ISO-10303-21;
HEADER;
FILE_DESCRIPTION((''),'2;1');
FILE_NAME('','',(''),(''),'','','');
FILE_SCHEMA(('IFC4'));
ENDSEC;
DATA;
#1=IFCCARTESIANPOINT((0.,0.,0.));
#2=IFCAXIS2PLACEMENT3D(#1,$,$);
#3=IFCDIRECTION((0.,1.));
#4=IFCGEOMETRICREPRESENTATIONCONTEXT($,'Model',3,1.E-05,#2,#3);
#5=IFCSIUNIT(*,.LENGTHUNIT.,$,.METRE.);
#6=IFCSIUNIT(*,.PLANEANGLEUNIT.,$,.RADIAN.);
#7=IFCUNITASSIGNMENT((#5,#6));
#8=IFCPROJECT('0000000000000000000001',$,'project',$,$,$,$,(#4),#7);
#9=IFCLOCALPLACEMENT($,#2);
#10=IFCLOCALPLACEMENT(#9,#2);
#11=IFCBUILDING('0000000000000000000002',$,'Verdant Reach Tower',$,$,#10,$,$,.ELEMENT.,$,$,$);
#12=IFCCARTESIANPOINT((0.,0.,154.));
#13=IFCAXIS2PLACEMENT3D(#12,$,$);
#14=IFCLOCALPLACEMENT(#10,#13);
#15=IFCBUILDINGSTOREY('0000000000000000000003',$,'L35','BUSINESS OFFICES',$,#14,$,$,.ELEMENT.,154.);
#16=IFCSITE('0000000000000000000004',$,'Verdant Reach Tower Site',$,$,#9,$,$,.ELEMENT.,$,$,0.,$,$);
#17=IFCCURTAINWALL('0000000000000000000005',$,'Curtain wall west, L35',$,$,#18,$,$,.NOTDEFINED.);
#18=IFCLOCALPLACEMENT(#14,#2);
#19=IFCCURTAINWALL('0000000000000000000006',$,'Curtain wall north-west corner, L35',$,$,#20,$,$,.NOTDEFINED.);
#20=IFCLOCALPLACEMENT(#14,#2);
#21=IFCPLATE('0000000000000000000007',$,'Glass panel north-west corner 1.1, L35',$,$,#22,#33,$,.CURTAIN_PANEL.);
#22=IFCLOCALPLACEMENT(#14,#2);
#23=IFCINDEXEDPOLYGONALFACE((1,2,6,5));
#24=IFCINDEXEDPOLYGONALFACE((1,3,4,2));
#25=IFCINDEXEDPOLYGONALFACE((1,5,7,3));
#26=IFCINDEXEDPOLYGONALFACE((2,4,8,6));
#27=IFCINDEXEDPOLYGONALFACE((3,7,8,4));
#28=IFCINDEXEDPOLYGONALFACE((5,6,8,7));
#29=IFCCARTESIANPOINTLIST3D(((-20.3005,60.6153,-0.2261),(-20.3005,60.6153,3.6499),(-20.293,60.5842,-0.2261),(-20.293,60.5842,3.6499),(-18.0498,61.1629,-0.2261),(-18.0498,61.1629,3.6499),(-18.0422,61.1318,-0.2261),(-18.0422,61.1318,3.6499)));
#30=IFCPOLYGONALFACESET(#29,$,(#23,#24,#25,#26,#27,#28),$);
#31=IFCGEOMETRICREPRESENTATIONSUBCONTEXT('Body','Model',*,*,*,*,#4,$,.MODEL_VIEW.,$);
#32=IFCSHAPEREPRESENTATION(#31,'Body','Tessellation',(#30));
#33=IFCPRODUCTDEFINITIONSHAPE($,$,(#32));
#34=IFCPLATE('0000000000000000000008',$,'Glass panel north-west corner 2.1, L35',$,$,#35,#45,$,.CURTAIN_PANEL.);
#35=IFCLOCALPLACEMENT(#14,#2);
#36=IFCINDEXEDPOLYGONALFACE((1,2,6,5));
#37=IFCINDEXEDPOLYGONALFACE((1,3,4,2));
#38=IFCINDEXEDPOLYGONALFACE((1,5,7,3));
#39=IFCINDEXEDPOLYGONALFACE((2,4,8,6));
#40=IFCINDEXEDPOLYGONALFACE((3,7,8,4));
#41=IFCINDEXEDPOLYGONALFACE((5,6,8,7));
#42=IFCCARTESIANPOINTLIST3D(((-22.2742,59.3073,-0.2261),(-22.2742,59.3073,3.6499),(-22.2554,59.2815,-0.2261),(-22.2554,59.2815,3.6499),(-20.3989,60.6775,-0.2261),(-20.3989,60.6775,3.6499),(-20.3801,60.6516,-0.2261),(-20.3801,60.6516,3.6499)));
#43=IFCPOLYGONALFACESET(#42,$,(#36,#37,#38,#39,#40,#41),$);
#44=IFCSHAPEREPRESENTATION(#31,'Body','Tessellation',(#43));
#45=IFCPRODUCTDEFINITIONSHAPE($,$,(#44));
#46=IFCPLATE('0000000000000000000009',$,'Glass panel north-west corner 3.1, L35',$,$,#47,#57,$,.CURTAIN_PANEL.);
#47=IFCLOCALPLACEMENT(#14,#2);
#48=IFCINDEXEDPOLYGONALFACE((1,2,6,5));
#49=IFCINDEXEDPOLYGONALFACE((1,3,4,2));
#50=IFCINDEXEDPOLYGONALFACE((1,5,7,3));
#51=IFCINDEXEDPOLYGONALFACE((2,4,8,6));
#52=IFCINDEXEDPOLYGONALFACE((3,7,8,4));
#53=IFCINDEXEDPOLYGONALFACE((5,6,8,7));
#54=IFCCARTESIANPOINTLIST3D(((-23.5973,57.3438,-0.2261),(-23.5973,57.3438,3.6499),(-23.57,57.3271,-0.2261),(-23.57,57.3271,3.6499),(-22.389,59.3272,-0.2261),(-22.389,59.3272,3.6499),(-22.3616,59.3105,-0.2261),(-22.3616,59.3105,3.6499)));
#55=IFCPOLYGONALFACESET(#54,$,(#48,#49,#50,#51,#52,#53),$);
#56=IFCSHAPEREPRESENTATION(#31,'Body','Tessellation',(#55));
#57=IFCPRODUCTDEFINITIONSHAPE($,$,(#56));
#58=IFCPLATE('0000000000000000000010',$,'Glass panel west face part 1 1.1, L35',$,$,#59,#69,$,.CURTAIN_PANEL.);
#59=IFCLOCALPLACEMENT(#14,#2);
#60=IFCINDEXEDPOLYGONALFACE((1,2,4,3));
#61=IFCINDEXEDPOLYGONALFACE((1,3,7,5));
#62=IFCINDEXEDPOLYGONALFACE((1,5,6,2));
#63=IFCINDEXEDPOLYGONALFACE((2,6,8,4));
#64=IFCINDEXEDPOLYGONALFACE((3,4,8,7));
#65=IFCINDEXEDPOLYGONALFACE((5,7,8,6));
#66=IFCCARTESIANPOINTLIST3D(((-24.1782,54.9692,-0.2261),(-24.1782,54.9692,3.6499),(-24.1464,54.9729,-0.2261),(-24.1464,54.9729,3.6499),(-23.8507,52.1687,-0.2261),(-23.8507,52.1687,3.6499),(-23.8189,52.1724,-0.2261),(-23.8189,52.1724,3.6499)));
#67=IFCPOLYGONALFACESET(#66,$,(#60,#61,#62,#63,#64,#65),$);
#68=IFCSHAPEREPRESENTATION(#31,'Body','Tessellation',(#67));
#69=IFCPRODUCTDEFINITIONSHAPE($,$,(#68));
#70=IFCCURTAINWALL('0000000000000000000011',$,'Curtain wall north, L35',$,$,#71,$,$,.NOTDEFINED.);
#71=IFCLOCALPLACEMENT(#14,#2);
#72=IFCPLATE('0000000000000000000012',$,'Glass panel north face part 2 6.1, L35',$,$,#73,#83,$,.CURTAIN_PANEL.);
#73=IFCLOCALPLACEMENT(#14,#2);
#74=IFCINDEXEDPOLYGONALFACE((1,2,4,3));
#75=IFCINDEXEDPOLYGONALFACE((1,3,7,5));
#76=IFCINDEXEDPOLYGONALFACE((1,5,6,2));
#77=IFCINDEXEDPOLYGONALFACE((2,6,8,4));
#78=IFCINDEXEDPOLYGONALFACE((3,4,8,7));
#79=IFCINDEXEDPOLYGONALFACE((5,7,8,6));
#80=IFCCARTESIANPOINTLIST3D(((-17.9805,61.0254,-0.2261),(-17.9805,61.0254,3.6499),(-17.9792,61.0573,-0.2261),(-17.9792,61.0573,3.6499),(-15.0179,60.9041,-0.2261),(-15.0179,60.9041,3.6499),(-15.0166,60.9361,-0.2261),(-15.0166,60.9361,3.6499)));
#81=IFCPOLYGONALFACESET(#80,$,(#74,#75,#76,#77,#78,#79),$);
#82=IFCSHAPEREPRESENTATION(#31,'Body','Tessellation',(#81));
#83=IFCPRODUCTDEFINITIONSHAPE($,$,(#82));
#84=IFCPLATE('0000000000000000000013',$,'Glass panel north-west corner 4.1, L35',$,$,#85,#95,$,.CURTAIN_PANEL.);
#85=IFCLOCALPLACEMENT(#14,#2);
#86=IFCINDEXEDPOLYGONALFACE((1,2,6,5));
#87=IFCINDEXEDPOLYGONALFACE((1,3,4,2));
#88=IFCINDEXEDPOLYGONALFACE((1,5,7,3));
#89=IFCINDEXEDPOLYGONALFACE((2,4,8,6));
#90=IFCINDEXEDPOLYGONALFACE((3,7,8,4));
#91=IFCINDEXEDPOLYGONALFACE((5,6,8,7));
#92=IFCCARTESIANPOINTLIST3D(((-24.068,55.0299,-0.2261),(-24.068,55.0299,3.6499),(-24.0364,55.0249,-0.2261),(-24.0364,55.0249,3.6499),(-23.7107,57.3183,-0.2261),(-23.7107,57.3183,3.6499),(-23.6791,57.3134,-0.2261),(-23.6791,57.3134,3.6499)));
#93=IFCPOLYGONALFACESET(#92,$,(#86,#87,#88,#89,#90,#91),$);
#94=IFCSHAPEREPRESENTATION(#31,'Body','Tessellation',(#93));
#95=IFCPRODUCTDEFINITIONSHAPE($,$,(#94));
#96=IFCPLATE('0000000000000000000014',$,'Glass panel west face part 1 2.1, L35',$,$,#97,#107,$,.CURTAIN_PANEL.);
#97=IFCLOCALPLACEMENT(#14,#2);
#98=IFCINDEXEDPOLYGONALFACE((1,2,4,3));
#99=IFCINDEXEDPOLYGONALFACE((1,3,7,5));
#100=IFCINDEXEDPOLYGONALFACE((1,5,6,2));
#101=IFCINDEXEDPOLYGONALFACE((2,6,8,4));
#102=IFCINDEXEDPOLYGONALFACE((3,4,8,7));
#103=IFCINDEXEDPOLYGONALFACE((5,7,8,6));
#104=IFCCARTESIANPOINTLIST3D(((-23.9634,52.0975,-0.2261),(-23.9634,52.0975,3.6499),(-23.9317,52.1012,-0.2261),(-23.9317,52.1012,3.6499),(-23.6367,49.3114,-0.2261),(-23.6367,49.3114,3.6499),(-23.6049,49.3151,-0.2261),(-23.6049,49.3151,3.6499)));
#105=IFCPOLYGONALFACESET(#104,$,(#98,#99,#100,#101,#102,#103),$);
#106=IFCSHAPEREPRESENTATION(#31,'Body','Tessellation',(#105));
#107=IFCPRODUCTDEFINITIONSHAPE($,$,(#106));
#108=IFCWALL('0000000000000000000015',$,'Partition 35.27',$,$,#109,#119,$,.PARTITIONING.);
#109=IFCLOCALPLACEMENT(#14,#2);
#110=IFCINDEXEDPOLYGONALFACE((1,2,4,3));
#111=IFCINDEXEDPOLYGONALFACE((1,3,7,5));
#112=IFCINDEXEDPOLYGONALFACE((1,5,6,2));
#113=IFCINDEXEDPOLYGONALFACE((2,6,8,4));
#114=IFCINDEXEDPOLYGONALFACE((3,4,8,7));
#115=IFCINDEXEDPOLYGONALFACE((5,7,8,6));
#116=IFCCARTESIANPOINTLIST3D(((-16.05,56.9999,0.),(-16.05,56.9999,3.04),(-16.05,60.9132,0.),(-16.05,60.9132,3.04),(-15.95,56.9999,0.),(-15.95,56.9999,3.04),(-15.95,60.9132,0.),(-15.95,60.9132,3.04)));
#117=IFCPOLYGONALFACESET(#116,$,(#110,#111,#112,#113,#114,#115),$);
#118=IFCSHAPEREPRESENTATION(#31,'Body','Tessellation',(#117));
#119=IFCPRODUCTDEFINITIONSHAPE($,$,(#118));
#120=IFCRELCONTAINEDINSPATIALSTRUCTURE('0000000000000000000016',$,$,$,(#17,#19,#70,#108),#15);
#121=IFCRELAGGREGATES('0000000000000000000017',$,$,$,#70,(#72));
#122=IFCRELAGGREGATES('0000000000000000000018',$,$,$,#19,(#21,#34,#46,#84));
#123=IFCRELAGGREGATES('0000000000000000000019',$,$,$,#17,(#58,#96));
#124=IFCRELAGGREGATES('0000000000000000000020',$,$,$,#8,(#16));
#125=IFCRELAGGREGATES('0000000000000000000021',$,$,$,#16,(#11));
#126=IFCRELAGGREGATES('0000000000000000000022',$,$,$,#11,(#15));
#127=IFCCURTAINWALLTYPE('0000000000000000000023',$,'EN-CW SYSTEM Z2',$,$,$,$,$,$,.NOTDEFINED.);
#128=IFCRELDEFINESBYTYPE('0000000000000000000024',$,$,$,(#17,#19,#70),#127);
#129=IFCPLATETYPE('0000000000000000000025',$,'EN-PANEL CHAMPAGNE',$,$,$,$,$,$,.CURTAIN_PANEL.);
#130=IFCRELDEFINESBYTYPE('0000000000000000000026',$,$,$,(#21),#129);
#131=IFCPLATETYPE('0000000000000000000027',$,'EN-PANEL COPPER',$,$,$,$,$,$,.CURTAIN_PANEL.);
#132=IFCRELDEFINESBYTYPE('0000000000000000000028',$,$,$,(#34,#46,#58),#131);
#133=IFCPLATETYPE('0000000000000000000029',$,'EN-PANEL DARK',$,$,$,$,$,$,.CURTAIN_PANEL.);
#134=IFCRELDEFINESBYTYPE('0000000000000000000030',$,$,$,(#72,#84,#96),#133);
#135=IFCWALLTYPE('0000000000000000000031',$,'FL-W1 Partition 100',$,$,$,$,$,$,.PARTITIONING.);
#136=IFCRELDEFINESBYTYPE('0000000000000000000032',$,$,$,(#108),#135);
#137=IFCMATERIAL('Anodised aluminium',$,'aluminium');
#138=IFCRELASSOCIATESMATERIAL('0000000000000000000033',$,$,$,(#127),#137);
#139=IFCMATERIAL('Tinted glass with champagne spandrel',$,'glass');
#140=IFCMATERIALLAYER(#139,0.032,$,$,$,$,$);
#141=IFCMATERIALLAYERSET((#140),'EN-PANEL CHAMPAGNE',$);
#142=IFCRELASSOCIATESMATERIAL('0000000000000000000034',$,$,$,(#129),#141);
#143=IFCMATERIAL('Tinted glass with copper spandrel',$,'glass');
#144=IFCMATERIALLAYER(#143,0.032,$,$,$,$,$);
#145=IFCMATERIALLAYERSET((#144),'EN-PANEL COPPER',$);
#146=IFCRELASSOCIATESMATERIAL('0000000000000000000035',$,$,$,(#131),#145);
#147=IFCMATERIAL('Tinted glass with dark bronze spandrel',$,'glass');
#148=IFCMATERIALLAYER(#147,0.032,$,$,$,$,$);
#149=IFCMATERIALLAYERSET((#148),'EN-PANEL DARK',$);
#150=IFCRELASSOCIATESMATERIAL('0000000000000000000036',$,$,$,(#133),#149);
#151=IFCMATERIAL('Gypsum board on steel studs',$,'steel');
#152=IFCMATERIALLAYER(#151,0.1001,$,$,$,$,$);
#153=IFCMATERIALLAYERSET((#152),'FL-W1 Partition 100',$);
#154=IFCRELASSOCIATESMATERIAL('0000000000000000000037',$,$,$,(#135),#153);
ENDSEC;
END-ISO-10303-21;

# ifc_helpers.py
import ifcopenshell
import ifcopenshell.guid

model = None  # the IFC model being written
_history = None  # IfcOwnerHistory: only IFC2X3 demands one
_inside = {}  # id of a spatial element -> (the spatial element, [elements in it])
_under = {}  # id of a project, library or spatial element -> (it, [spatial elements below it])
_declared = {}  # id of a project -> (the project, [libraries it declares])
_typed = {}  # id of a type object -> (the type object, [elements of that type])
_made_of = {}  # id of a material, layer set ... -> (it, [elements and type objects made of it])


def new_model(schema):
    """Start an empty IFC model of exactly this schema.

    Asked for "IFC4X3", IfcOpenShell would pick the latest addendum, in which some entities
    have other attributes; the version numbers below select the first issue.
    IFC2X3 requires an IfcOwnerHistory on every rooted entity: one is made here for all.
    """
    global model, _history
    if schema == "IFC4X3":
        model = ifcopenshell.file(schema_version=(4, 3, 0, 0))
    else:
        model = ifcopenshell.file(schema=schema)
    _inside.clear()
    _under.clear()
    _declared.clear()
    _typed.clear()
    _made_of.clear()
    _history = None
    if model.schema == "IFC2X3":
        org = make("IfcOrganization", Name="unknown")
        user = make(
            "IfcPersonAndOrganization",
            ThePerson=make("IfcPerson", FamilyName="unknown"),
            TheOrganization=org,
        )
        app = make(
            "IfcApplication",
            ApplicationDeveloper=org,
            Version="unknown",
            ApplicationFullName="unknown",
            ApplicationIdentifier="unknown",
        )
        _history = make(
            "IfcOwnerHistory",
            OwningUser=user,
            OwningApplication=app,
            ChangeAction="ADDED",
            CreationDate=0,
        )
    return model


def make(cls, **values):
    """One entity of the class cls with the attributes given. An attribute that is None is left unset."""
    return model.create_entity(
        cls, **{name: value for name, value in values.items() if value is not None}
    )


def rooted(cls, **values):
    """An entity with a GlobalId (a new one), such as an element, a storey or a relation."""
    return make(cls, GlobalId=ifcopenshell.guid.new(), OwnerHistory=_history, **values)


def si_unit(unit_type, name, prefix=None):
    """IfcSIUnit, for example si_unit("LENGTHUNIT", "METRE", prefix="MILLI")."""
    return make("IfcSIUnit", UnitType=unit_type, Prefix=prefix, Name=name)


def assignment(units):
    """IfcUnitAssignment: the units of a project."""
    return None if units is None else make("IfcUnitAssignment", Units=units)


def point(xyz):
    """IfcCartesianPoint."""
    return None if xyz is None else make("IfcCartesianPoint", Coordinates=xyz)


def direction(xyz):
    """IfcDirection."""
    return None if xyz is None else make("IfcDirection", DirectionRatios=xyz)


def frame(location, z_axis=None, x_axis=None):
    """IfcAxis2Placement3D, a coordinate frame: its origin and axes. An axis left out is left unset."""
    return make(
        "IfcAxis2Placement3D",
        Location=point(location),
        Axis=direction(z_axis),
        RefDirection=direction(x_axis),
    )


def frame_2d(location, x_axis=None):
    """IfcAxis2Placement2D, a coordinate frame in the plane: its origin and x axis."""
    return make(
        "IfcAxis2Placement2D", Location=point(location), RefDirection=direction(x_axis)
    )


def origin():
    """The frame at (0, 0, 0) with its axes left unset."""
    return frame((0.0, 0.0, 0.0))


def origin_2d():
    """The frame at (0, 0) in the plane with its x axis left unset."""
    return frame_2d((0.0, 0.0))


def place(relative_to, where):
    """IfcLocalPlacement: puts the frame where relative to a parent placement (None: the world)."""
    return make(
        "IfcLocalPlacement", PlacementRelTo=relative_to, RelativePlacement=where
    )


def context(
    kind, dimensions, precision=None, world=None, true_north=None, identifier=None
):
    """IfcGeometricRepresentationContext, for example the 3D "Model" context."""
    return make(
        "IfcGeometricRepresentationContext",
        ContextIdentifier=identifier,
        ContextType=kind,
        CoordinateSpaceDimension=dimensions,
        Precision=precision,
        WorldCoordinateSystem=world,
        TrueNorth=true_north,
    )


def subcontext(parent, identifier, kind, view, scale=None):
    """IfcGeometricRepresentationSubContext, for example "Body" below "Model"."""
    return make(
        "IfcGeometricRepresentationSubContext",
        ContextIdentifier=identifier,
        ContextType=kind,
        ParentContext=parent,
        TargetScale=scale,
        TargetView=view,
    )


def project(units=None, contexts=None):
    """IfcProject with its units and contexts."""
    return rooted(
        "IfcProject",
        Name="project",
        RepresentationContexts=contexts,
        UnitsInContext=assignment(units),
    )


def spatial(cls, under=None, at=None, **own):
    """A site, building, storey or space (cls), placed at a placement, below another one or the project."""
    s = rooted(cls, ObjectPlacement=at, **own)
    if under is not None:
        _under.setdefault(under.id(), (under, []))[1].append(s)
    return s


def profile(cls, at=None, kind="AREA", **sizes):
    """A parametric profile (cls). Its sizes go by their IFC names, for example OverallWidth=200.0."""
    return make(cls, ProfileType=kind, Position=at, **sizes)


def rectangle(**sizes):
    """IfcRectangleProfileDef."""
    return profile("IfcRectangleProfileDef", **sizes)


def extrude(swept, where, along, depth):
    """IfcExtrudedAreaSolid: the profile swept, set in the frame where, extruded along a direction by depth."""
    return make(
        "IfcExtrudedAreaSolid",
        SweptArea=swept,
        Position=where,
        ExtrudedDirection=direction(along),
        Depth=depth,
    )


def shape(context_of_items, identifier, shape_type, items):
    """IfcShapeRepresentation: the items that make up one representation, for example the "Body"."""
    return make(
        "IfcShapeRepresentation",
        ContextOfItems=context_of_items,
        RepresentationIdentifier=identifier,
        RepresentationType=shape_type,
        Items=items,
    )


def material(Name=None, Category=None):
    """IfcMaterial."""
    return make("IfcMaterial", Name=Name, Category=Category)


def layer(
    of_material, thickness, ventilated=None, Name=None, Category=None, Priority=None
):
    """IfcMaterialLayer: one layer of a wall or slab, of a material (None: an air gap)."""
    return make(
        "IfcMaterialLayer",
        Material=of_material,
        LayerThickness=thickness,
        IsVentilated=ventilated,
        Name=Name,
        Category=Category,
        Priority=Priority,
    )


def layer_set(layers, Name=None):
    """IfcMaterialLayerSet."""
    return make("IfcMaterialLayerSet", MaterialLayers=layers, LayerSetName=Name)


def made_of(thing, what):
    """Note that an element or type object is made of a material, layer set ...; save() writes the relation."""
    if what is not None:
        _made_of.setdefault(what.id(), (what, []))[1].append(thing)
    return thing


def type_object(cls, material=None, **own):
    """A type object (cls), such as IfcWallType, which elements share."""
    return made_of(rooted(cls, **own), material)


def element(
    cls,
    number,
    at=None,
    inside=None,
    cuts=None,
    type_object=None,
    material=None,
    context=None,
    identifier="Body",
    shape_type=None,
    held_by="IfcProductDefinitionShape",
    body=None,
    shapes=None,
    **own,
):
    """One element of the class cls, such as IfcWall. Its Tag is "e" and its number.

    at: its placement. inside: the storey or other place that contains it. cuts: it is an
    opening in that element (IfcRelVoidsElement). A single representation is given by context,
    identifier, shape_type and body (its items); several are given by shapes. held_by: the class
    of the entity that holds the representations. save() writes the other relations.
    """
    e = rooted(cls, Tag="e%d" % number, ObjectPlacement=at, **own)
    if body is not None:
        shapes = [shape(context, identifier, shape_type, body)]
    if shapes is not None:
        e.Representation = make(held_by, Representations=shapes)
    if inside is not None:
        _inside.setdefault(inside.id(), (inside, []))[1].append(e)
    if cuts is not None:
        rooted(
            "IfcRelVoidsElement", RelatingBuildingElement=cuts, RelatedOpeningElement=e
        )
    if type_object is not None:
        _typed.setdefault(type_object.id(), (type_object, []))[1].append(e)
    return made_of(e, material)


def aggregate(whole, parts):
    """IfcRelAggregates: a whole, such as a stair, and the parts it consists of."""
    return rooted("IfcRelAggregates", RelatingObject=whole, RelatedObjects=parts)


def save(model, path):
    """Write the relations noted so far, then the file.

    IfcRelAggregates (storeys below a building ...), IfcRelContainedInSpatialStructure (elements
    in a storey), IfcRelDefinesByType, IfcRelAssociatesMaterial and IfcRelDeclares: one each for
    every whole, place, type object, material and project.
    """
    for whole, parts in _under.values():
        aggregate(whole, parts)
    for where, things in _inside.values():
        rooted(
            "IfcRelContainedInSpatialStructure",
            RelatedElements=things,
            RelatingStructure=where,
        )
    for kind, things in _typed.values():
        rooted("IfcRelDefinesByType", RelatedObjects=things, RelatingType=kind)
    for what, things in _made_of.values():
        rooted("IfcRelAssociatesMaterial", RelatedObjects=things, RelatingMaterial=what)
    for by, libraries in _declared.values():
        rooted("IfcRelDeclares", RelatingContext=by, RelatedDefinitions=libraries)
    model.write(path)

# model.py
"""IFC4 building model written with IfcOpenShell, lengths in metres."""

from ifc_helpers import new_model, si_unit, direction, frame, frame_2d, origin, origin_2d, place, context, subcontext, project, spatial, rectangle, extrude, material, layer, layer_set, type_object, element, aggregate, save


model = new_model("IFC4")

# Units and contexts
model_context = context("Model", 3, precision=1e-05, world=origin(), true_north=direction((0.0, 1.0)))
body_context = subcontext(model_context, "Body", "Model", "MODEL_VIEW")
ifc_project = project(units=[si_unit("LENGTHUNIT", "METRE"), si_unit("PLANEANGLEUNIT", "RADIAN")], contexts=[model_context])

# Site, building, storey
site_placement = place(None, origin())
site = spatial("IfcSite", under=ifc_project, at=site_placement, Name="Verdant Reach Tower Site", CompositionType="ELEMENT", RefElevation=0.0)
building_placement = place(site_placement, origin())
building = spatial("IfcBuilding", under=site, at=building_placement, Name="Verdant Reach Tower", CompositionType="ELEMENT")
storey_placement = place(building_placement, frame((0.0, 0.0, 154.0)))
storey = spatial("IfcBuildingStorey", under=building, at=storey_placement, Name="L35", Description="BUSINESS OFFICES", CompositionType="ELEMENT", Elevation=154.0)

# Curtain wall
ifc_material_1 = material(Name="Anodised aluminium", Category="aluminium")
curtain_wall_type = type_object("IfcCurtainWallType", Name="EN-CW SYSTEM Z2", PredefinedType="NOTDEFINED", material=ifc_material_1)
curtain_wall_1_placement = place(storey_placement, origin())
curtain_wall_1 = element("IfcCurtainWall", 1, at=curtain_wall_1_placement, inside=storey, type_object=curtain_wall_type, Name="Curtain wall west, L35", PredefinedType="NOTDEFINED")

# Curtain wall, plates
curtain_wall_2_placement = place(storey_placement, origin())
curtain_wall_2 = element("IfcCurtainWall", 2, at=curtain_wall_2_placement, inside=storey, type_object=curtain_wall_type, Name="Curtain wall north-west corner, L35", PredefinedType="NOTDEFINED")
ifc_material_2 = material(Name="Tinted glass with champagne spandrel", Category="glass")
ifc_layer_1 = layer(ifc_material_2, 0.032)
ifc_layer_set_1 = layer_set([ifc_layer_1], Name="EN-PANEL CHAMPAGNE")
plate_type_1 = type_object("IfcPlateType", Name="EN-PANEL CHAMPAGNE", PredefinedType="CURTAIN_PANEL", material=ifc_layer_set_1)
plate_1_placement = place(storey_placement, frame((-19.1714, 60.8735, -0.2261), z_axis=(0.0, 0.0, 1.0), x_axis=(-0.971658, -0.236391, 0.0)))
plate_1 = element("IfcPlate", 3, at=plate_1_placement, type_object=plate_type_1, Name="Glass panel north-west corner 1.1, L35", PredefinedType="CURTAIN_PANEL", context=body_context, shape_type="SweptSolid", body=[
    extrude(rectangle(XDim=2.3164, YDim=0.032, at=origin_2d()), origin(), (0.0, 0.0, 1.0), 3.876),
])
ifc_material_3 = material(Name="Tinted glass with copper spandrel", Category="glass")
ifc_layer_2 = layer(ifc_material_3, 0.032)
ifc_layer_set_2 = layer_set([ifc_layer_2], Name="EN-PANEL COPPER")
plate_type_2 = type_object("IfcPlateType", Name="EN-PANEL COPPER", PredefinedType="CURTAIN_PANEL", material=ifc_layer_set_2)
plate_2_placement = place(storey_placement, frame((-21.3271, 59.9795, -0.2261), z_axis=(0.0, 0.0, 1.0), x_axis=(-0.807457, -0.589927, 0.0)))
plate_2 = element("IfcPlate", 4, at=plate_2_placement, type_object=plate_type_2, Name="Glass panel north-west corner 2.1, L35", PredefinedType="CURTAIN_PANEL", context=body_context, shape_type="SweptSolid", body=[
    extrude(rectangle(XDim=2.3225, YDim=0.032, at=origin_2d()), origin(), (0.0, 0.0, 1.0), 3.876),
])
plate_3_placement = place(storey_placement, frame((-22.9795, 58.3271, -0.2261), z_axis=(0.0, 0.0, 1.0), x_axis=(-0.520292, -0.853989, 0.0)))
plate_3 = element("IfcPlate", 5, at=plate_3_placement, type_object=plate_type_2, Name="Glass panel north-west corner 3.1, L35", PredefinedType="CURTAIN_PANEL", context=body_context, shape_type="SweptSolid", body=[
    extrude(rectangle(XDim=2.3225, YDim=0.032, at=origin_2d()), origin(), (0.0, 0.0, 1.0), 3.876),
])

# Plate
plate_4_placement = place(storey_placement, frame((-23.9985, 53.5708, -0.2261), z_axis=(0.0, 0.0, 1.0), x_axis=(0.116147, -0.993232, 0.0)))
plate_4 = element("IfcPlate", 6, at=plate_4_placement, type_object=plate_type_2, Name="Glass panel west face part 1 1.1, L35", PredefinedType="CURTAIN_PANEL", context=body_context, shape_type="SweptSolid", body=[
    extrude(rectangle(XDim=2.8196, YDim=0.032, at=origin_2d()), origin(), (0.0, 0.0, 1.0), 3.876),
])

# Curtain wall, plate
curtain_wall_3_placement = place(storey_placement, origin())
curtain_wall_3 = element("IfcCurtainWall", 7, at=curtain_wall_3_placement, inside=storey, type_object=curtain_wall_type, Name="Curtain wall north, L35", PredefinedType="NOTDEFINED")
ifc_material_4 = material(Name="Tinted glass with dark bronze spandrel", Category="glass")
ifc_layer_3 = layer(ifc_material_4, 0.032)
ifc_layer_set_3 = layer_set([ifc_layer_3], Name="EN-PANEL DARK")
plate_type_3 = type_object("IfcPlateType", Name="EN-PANEL DARK", PredefinedType="CURTAIN_PANEL", material=ifc_layer_set_3)
plate_5_placement = place(storey_placement, frame((-16.4985, 60.9807, -0.2261), z_axis=(0.0, 0.0, 1.0), x_axis=(-0.999163, 0.0409, 0.0)))
plate_5 = element("IfcPlate", 8, at=plate_5_placement, type_object=plate_type_3, Name="Glass panel north face part 2 6.1, L35", PredefinedType="CURTAIN_PANEL", context=body_context, shape_type="SweptSolid", body=[
    extrude(rectangle(XDim=2.9651, YDim=0.032, at=origin_2d()), origin(), (0.0, 0.0, 1.0), 3.876),
])
aggregate(curtain_wall_3, [plate_5])

# Plates
plate_6_placement = place(storey_placement, frame((-23.8735, 56.1716, -0.2261), z_axis=(0.0, 0.0, 1.0), x_axis=(-0.154281, -0.988027, 0.0)))
plate_6 = element("IfcPlate", 9, at=plate_6_placement, type_object=plate_type_3, Name="Glass panel north-west corner 4.1, L35", PredefinedType="CURTAIN_PANEL", context=body_context, shape_type="SweptSolid", body=[
    extrude(rectangle(XDim=2.3162, YDim=0.032, at=origin_2d()), origin(), (0.0, 0.0, 1.0), 3.876),
])
aggregate(curtain_wall_2, [plate_1, plate_2, plate_3, plate_6])
plate_7_placement = place(storey_placement, frame((-23.7842, 50.7063, -0.2261), z_axis=(0.0, 0.0, 1.0), x_axis=(0.116483, -0.993193, 0.0)))
plate_7 = element("IfcPlate", 10, at=plate_7_placement, type_object=plate_type_3, Name="Glass panel west face part 1 2.1, L35", PredefinedType="CURTAIN_PANEL", context=body_context, shape_type="SweptSolid", body=[
    extrude(rectangle(XDim=2.8052, YDim=0.032, at=origin_2d()), origin(), (0.0, 0.0, 1.0), 3.876),
])
aggregate(curtain_wall_1, [plate_4, plate_7])

# Wall
ifc_material_5 = material(Name="Gypsum board on steel studs", Category="steel")
ifc_layer_4 = layer(ifc_material_5, 0.1001)
ifc_layer_set_4 = layer_set([ifc_layer_4], Name="FL-W1 Partition 100")
wall_type = type_object("IfcWallType", Name="FL-W1 Partition 100", PredefinedType="PARTITIONING", material=ifc_layer_set_4)
wall_placement = place(storey_placement, frame((-16.0, 57.0, 0.0), z_axis=(0.0, 0.0, 1.0), x_axis=(0.0, 1.0, 0.0)))
element("IfcWall", 11, at=wall_placement, inside=storey, type_object=wall_type, Name="Partition 35.27", PredefinedType="PARTITIONING", context=body_context, shape_type="SweptSolid", body=[
    extrude(rectangle(XDim=3.9133, YDim=0.1001, at=frame_2d((1.9565, 0.0))), origin(), (0.0, 0.0, 1.0), 3.04),
])

save(model, "model.ifc")
